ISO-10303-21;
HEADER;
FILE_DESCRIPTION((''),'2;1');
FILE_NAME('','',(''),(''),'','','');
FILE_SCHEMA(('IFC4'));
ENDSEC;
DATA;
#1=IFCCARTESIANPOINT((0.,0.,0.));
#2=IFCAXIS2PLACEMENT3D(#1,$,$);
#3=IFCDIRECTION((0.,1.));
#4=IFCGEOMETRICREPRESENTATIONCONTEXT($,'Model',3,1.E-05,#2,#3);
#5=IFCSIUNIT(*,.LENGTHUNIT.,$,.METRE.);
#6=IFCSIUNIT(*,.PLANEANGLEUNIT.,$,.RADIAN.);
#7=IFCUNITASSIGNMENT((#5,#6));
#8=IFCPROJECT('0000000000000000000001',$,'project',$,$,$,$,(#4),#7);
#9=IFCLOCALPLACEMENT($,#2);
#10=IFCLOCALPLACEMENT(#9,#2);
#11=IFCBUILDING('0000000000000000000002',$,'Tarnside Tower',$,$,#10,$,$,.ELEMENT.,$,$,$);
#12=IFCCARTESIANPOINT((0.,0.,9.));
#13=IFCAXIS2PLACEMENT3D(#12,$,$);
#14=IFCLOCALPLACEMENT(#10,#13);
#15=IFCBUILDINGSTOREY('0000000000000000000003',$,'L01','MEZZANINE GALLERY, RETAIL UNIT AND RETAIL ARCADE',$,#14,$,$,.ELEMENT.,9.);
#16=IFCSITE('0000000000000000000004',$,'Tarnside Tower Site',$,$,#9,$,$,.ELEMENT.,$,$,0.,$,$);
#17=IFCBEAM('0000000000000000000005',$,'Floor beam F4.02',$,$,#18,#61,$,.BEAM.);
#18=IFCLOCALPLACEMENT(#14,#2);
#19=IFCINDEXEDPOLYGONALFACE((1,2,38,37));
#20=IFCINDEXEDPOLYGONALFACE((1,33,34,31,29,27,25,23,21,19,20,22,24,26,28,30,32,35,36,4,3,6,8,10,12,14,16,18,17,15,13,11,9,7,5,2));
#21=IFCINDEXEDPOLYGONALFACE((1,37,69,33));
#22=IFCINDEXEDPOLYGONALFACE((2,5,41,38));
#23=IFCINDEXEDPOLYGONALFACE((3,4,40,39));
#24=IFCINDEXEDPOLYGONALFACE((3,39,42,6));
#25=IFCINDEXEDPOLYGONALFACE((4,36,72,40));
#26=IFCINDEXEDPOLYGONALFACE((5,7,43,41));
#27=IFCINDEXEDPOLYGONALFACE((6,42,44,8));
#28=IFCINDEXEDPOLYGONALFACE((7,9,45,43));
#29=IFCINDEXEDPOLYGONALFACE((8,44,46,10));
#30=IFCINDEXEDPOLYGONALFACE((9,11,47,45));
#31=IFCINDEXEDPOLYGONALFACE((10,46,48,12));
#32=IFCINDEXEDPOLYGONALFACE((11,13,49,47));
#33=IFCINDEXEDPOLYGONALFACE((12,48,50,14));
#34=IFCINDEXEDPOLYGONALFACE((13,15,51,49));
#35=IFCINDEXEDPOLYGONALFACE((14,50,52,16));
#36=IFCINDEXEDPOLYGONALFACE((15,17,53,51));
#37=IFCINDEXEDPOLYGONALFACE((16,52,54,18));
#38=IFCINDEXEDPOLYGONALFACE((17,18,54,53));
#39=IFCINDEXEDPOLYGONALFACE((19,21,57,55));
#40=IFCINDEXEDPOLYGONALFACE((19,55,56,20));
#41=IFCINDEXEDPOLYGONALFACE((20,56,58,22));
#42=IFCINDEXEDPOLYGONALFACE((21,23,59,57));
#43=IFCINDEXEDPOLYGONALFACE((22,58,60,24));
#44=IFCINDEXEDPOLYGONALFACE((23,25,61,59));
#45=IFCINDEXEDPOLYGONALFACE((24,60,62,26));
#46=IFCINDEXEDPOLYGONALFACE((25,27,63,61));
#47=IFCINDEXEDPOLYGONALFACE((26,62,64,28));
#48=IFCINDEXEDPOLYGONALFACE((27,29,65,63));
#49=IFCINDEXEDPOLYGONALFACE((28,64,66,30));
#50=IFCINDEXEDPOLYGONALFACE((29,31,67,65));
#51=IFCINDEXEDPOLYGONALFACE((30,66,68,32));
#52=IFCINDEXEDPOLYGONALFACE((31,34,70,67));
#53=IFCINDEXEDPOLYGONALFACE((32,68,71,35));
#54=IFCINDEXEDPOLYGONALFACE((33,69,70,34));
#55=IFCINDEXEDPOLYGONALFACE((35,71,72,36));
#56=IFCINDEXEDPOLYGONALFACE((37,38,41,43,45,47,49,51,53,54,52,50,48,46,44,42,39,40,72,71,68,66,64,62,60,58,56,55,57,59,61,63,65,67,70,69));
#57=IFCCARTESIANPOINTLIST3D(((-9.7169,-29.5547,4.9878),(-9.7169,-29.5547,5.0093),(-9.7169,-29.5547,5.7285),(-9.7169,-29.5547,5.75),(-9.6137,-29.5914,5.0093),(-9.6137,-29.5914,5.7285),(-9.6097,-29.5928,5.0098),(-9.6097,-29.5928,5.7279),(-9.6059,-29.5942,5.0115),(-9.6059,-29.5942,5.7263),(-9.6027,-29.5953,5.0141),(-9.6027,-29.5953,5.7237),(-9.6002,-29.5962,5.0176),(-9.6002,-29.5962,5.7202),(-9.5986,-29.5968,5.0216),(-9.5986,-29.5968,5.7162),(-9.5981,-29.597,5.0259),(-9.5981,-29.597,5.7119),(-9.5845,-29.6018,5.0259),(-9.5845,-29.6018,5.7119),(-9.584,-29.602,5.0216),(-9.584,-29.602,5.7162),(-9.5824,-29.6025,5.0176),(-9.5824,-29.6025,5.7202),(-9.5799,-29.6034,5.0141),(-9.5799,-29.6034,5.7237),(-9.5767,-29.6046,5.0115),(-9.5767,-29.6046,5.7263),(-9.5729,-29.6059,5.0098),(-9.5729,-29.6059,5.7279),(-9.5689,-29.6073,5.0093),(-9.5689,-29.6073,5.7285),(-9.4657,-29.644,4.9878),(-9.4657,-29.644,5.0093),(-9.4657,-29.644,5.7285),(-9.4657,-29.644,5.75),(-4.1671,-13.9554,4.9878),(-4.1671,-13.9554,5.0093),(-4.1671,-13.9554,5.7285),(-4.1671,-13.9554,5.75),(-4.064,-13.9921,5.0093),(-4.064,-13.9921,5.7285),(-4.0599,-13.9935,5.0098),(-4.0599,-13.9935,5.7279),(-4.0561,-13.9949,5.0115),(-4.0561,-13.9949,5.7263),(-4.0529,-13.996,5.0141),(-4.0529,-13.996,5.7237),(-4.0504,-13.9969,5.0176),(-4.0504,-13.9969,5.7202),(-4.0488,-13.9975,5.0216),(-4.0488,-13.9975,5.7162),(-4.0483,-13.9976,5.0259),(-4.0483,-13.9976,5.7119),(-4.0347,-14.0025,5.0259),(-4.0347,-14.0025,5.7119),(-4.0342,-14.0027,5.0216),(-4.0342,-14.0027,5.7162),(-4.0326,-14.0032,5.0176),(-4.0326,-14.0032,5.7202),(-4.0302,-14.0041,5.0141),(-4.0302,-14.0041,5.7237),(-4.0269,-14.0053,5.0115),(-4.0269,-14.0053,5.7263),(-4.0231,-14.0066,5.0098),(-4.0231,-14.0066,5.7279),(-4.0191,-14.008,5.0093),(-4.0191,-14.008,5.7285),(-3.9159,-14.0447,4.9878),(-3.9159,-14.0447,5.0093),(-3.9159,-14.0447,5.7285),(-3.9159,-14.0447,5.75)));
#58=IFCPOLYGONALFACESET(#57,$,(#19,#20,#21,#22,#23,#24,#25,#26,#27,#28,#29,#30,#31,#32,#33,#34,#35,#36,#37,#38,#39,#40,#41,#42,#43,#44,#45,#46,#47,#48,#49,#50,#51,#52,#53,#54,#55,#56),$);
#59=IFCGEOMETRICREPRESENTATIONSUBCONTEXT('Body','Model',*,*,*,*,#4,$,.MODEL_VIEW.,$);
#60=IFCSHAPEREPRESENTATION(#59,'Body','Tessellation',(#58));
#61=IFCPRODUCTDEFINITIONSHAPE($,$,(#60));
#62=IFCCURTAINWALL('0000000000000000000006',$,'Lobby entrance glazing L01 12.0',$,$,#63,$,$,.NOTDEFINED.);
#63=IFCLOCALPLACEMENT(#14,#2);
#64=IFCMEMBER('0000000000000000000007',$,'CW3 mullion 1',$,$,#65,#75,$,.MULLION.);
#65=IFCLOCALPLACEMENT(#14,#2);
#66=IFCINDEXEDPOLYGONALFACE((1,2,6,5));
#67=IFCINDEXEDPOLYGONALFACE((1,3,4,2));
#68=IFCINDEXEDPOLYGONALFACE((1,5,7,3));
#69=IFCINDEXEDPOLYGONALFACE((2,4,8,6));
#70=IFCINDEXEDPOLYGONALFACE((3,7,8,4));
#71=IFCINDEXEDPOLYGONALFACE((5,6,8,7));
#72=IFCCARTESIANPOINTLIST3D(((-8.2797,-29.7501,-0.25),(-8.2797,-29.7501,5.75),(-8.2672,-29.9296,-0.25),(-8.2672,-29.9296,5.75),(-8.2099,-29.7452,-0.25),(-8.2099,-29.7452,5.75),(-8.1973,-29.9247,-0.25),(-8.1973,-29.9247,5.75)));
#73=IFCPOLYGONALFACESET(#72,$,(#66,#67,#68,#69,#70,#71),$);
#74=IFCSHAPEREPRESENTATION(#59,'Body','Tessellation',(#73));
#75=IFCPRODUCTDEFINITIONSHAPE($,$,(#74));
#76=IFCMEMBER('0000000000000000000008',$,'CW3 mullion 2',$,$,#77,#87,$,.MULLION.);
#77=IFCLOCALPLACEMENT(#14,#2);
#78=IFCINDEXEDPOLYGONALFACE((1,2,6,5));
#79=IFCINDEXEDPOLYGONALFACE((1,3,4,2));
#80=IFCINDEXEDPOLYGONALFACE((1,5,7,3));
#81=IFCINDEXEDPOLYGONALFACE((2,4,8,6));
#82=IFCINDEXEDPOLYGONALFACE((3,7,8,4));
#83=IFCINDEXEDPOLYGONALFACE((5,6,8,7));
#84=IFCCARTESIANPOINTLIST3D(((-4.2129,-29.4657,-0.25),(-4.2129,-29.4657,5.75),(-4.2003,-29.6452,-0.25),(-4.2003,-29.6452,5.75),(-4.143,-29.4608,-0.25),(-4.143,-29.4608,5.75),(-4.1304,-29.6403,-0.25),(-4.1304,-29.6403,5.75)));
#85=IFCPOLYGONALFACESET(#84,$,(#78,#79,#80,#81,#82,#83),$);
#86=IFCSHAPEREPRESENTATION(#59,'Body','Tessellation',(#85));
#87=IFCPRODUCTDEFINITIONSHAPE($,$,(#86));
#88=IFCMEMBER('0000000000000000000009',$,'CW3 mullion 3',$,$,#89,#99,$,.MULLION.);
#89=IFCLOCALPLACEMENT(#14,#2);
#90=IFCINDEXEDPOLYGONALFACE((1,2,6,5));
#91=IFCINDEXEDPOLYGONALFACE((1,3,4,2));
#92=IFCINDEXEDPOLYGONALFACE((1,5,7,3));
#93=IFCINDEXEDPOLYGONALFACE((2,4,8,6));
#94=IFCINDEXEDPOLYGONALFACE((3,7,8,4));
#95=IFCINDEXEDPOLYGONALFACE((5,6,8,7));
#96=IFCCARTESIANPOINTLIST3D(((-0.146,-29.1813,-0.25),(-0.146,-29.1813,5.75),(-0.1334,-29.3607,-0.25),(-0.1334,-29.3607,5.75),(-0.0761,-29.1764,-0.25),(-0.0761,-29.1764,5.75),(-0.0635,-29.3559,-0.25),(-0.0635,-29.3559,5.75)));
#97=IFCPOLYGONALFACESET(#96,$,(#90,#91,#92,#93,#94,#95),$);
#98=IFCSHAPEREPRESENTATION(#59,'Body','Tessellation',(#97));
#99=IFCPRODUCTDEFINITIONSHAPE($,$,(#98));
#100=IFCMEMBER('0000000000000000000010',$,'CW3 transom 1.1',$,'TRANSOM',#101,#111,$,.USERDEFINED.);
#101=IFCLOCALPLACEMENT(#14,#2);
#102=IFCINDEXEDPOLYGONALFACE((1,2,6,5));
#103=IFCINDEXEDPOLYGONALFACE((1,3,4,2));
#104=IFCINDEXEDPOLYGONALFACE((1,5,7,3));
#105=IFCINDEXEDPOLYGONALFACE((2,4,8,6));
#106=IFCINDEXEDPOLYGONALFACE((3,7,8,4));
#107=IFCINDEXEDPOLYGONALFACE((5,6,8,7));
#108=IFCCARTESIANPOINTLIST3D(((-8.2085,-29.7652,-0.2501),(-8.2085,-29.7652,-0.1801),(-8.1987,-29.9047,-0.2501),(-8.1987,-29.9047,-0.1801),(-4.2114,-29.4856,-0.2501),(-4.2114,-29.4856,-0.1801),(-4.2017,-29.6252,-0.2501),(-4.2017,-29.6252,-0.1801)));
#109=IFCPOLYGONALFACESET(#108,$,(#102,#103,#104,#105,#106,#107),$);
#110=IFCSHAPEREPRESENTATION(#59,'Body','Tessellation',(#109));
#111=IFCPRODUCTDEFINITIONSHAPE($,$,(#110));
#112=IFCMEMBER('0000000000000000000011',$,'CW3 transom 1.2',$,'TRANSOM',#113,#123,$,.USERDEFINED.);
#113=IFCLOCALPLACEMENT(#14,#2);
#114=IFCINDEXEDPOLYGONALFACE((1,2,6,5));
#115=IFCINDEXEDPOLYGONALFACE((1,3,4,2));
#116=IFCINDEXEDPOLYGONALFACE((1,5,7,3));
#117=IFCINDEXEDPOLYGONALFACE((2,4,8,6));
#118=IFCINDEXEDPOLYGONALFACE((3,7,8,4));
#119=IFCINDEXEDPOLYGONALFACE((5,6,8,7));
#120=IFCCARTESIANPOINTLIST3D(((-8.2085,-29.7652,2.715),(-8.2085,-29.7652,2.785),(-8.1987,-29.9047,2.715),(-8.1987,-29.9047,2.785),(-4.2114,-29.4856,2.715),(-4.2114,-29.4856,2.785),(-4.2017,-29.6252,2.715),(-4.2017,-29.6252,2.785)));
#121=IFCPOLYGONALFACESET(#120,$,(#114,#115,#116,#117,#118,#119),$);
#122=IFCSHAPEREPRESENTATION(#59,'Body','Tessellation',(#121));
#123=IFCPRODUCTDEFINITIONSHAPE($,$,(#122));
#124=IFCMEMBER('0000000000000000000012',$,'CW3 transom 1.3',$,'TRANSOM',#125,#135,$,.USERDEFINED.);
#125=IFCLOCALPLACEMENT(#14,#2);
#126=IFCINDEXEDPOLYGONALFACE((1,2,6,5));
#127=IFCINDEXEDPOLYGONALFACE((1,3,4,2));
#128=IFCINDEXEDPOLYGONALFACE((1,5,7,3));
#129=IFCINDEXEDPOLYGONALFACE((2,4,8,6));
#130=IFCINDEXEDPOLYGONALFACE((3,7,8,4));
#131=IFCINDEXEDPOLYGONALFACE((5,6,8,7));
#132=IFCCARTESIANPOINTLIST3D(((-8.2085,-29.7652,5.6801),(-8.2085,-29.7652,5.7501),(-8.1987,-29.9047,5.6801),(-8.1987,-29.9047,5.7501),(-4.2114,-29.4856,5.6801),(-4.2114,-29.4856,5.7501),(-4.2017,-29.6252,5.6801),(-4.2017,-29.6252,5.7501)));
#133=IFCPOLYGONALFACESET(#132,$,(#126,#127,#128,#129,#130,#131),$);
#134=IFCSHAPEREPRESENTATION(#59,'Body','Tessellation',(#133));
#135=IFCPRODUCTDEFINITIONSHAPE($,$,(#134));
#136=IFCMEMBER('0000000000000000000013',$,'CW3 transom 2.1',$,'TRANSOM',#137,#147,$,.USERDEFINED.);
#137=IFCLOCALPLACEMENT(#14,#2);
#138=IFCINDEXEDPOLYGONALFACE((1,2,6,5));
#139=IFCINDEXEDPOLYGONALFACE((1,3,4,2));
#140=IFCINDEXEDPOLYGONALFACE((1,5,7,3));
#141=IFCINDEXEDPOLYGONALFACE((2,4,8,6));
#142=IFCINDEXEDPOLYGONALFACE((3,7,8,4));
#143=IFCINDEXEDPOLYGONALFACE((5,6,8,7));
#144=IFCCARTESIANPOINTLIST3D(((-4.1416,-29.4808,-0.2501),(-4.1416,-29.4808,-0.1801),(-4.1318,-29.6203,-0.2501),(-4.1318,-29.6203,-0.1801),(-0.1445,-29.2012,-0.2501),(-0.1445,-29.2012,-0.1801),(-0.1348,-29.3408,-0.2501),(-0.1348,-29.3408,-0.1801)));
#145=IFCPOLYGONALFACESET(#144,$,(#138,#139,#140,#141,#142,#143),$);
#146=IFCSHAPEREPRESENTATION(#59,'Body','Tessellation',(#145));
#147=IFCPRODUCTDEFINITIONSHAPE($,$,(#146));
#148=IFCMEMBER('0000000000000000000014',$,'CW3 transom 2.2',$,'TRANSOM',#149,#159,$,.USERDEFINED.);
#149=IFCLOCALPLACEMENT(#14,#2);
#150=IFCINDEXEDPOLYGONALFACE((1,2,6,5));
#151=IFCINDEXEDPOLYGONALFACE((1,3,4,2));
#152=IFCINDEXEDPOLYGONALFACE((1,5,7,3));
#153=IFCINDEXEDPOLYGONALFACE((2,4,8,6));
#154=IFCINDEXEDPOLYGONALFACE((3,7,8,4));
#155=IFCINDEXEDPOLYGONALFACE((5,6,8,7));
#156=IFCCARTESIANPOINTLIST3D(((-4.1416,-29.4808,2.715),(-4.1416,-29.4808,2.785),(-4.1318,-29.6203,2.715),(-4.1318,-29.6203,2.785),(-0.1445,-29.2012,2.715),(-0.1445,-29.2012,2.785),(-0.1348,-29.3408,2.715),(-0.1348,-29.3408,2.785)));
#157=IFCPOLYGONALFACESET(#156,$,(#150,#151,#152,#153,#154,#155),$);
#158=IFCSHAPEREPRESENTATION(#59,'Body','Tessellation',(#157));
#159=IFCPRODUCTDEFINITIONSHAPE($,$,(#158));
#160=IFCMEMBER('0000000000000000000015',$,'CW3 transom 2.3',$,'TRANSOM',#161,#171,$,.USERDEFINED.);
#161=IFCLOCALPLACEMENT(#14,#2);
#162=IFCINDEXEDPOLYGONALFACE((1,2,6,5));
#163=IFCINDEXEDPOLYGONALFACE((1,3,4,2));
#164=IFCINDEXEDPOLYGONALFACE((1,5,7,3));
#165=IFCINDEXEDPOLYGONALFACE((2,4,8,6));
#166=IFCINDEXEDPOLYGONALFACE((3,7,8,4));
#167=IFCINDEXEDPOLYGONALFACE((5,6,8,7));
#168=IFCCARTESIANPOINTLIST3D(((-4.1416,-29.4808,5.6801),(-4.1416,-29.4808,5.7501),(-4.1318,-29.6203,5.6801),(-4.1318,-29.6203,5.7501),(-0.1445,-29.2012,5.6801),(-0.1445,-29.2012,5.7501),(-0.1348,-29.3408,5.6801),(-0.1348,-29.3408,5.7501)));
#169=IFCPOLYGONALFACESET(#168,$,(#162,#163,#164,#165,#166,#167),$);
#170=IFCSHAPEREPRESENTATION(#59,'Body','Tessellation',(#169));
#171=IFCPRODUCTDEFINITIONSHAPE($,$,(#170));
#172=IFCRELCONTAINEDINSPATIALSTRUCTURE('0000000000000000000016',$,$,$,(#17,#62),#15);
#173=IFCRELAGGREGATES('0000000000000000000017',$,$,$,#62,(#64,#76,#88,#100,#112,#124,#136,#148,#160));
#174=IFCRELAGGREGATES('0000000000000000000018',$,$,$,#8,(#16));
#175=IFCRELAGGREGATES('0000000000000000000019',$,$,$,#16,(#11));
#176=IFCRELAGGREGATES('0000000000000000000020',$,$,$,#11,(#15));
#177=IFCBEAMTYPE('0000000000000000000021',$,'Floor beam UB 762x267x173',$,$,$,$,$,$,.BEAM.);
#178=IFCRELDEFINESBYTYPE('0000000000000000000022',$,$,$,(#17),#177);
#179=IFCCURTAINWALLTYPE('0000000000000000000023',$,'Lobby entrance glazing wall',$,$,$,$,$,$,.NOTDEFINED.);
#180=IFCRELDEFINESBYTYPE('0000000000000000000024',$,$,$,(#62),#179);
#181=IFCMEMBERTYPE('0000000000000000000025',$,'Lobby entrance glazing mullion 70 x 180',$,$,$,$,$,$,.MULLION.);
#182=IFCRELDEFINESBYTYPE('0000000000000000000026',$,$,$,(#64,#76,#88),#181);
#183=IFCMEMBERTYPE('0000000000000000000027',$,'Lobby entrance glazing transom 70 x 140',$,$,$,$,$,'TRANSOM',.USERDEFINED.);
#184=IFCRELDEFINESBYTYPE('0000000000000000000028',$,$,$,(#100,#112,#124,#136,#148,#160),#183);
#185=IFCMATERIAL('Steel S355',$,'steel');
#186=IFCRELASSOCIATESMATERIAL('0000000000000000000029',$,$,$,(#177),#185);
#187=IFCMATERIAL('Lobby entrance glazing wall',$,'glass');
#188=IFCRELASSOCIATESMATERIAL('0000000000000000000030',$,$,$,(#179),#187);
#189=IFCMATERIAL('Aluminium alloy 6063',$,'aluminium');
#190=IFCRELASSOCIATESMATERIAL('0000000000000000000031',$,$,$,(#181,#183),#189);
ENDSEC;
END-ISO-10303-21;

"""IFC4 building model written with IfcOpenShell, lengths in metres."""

from ifc_helpers import new_model, si_unit, direction, frame, origin, origin_2d, place, context, subcontext, project, spatial, rectangle, i_section, extrude, material, material_profile, profile_set, type_object, element, aggregate, save


model = new_model("IFC4")

# Units and contexts
model_context = context("Model", 3, precision=1e-05, world=origin(), true_north=direction((0.0, 1.0)))
body_context = subcontext(model_context, "Body", "Model", "MODEL_VIEW")
ifc_project = project(units=[si_unit("LENGTHUNIT", "METRE"), si_unit("PLANEANGLEUNIT", "RADIAN")], contexts=[model_context])

# Site, building, storey
site_placement = place(None, origin())
site = spatial("IfcSite", under=ifc_project, at=site_placement, Name="Tarnside Tower Site", CompositionType="ELEMENT", RefElevation=0.0)
building_placement = place(site_placement, origin())
building = spatial("IfcBuilding", under=site, at=building_placement, Name="Tarnside Tower", CompositionType="ELEMENT")
storey_placement = place(building_placement, frame((0.0, 0.0, 9.0)))
storey = spatial("IfcBuildingStorey", under=building, at=storey_placement, Name="L01", Description="MEZZANINE GALLERY, RETAIL UNIT AND RETAIL ARCADE", CompositionType="ELEMENT", Elevation=9.0)

# Beam
ifc_material_1 = material(Name="Steel S355", Category="steel")
ifc_material_profile_1 = material_profile(ifc_material_1, i_section(OverallWidth=0.2666, OverallDepth=0.7622, WebThickness=0.0144, FlangeThickness=0.0215, FilletRadius=0.0166, at=origin_2d()), Name="UB 762x267x173")
ifc_profile_set_1 = profile_set([ifc_material_profile_1], Name="Steel S355")
beam_type_1 = type_object("IfcBeamType", Name="Floor beam UB 762x267x173", PredefinedType="BEAM", material=ifc_profile_set_1)
beam_1_placement = place(storey_placement, frame((-9.5913, -29.5994, 5.3689), z_axis=(0.33519, 0.942151, 0.0), x_axis=(-0.942151, 0.33519, 0.0)))
element("IfcBeam", 1, at=beam_1_placement, inside=storey, type_object=beam_type_1, Name="Floor beam F4.02", PredefinedType="BEAM", context=body_context, shape_type="SweptSolid", body=[
    extrude(i_section(OverallWidth=0.2666, OverallDepth=0.7622, WebThickness=0.0144, FlangeThickness=0.0215, FilletRadius=0.0166, at=origin_2d()), origin(), (0.0, 0.0, 1.0), 16.5571),
])

# Curtain wall, members
ifc_material_2 = material(Name="Lobby entrance glazing wall", Category="glass")
curtain_wall_type_1 = type_object("IfcCurtainWallType", Name="Lobby entrance glazing wall", PredefinedType="NOTDEFINED", material=ifc_material_2)
curtain_wall_1_placement = place(storey_placement, origin())
curtain_wall_1 = element("IfcCurtainWall", 2, at=curtain_wall_1_placement, inside=storey, type_object=curtain_wall_type_1, Name="Lobby entrance glazing L01 12.0", PredefinedType="NOTDEFINED")
ifc_material_3 = material(Name="Aluminium alloy 6063", Category="aluminium")
ifc_material_profile_2 = material_profile(ifc_material_3, rectangle(XDim=0.1799, YDim=0.0701, at=origin_2d()), Name="Lobby entrance glazing mullion 70 x 180")
ifc_profile_set_2 = profile_set([ifc_material_profile_2], Name="Aluminium alloy 6063")
member_type_1 = type_object("IfcMemberType", Name="Lobby entrance glazing mullion 70 x 180", PredefinedType="MULLION", material=ifc_profile_set_2)
member_1_placement = place(storey_placement, frame((-8.2385, -29.8374, -0.25), z_axis=(0.0, 0.0, 1.0), x_axis=(-0.069756, 0.997564, 0.0)))
member_1 = element("IfcMember", 3, at=member_1_placement, type_object=member_type_1, Name="CW3 mullion 1", PredefinedType="MULLION", context=body_context, shape_type="SweptSolid", body=[
    extrude(rectangle(XDim=0.1799, YDim=0.0701, at=origin_2d()), origin(), (0.0, 0.0, 1.0), 6.0),
])
member_2_placement = place(storey_placement, frame((-4.1716, -29.553, -0.25), z_axis=(0.0, 0.0, 1.0), x_axis=(-0.069756, 0.997564, 0.0)))
member_2 = element("IfcMember", 4, at=member_2_placement, type_object=member_type_1, Name="CW3 mullion 2", PredefinedType="MULLION", context=body_context, shape_type="SweptSolid", body=[
    extrude(rectangle(XDim=0.1799, YDim=0.0701, at=origin_2d()), origin(), (0.0, 0.0, 1.0), 6.0),
])
member_3_placement = place(storey_placement, frame((-0.1047, -29.2686, -0.25), z_axis=(0.0, 0.0, 1.0), x_axis=(-0.069756, 0.997564, 0.0)))
member_3 = element("IfcMember", 5, at=member_3_placement, type_object=member_type_1, Name="CW3 mullion 3", PredefinedType="MULLION", context=body_context, shape_type="SweptSolid", body=[
    extrude(rectangle(XDim=0.1799, YDim=0.0701, at=origin_2d()), origin(), (0.0, 0.0, 1.0), 6.0),
])
ifc_material_profile_3 = material_profile(ifc_material_3, rectangle(XDim=0.1399, YDim=0.0701, at=origin_2d()), Name="Lobby entrance glazing transom 70 x 140")
ifc_profile_set_3 = profile_set([ifc_material_profile_3], Name="Aluminium alloy 6063")
member_type_2 = type_object("IfcMemberType", Name="Lobby entrance glazing transom 70 x 140", ElementType="TRANSOM", PredefinedType="USERDEFINED", material=ifc_profile_set_3)
member_4_placement = place(storey_placement, frame((-8.2036, -29.835, -0.2151), z_axis=(0.997563, 0.069766, 0.0), x_axis=(-0.069766, 0.997563, 0.0)))
member_4 = element("IfcMember", 6, at=member_4_placement, type_object=member_type_2, Name="CW3 transom 1.1", ObjectType="TRANSOM", PredefinedType="USERDEFINED", context=body_context, shape_type="SweptSolid", body=[
    extrude(rectangle(XDim=0.1399, YDim=0.0701, at=origin_2d()), origin(), (0.0, 0.0, 1.0), 4.0068),
])
member_5_placement = place(storey_placement, frame((-8.2036, -29.835, 2.75), z_axis=(0.997563, 0.069766, 0.0), x_axis=(-0.069766, 0.997563, 0.0)))
member_5 = element("IfcMember", 7, at=member_5_placement, type_object=member_type_2, Name="CW3 transom 1.2", ObjectType="TRANSOM", PredefinedType="USERDEFINED", context=body_context, shape_type="SweptSolid", body=[
    extrude(rectangle(XDim=0.1399, YDim=0.0701, at=origin_2d()), origin(), (0.0, 0.0, 1.0), 4.0068),
])
member_6_placement = place(storey_placement, frame((-8.2036, -29.835, 5.7151), z_axis=(0.997563, 0.069766, 0.0), x_axis=(-0.069766, 0.997563, 0.0)))
member_6 = element("IfcMember", 8, at=member_6_placement, type_object=member_type_2, Name="CW3 transom 1.3", ObjectType="TRANSOM", PredefinedType="USERDEFINED", context=body_context, shape_type="SweptSolid", body=[
    extrude(rectangle(XDim=0.1399, YDim=0.0701, at=origin_2d()), origin(), (0.0, 0.0, 1.0), 4.0068),
])
member_7_placement = place(storey_placement, frame((-4.1367, -29.5505, -0.2151), z_axis=(0.997563, 0.069766, 0.0), x_axis=(-0.069766, 0.997563, 0.0)))
member_7 = element("IfcMember", 9, at=member_7_placement, type_object=member_type_2, Name="CW3 transom 2.1", ObjectType="TRANSOM", PredefinedType="USERDEFINED", context=body_context, shape_type="SweptSolid", body=[
    extrude(rectangle(XDim=0.1399, YDim=0.0701, at=origin_2d()), origin(), (0.0, 0.0, 1.0), 4.0068),
])
member_8_placement = place(storey_placement, frame((-4.1367, -29.5505, 2.75), z_axis=(0.997563, 0.069766, 0.0), x_axis=(-0.069766, 0.997563, 0.0)))
member_8 = element("IfcMember", 10, at=member_8_placement, type_object=member_type_2, Name="CW3 transom 2.2", ObjectType="TRANSOM", PredefinedType="USERDEFINED", context=body_context, shape_type="SweptSolid", body=[
    extrude(rectangle(XDim=0.1399, YDim=0.0701, at=origin_2d()), origin(), (0.0, 0.0, 1.0), 4.0068),
])
member_9_placement = place(storey_placement, frame((-4.1367, -29.5505, 5.7151), z_axis=(0.997563, 0.069766, 0.0), x_axis=(-0.069766, 0.997563, 0.0)))
member_9 = element("IfcMember", 11, at=member_9_placement, type_object=member_type_2, Name="CW3 transom 2.3", ObjectType="TRANSOM", PredefinedType="USERDEFINED", context=body_context, shape_type="SweptSolid", body=[
    extrude(rectangle(XDim=0.1399, YDim=0.0701, at=origin_2d()), origin(), (0.0, 0.0, 1.0), 4.0068),
])

aggregate(curtain_wall_1, [member_1, member_2, member_3, member_4, member_5, member_6, member_7, member_8, member_9])

save(model, "model.ifc")
